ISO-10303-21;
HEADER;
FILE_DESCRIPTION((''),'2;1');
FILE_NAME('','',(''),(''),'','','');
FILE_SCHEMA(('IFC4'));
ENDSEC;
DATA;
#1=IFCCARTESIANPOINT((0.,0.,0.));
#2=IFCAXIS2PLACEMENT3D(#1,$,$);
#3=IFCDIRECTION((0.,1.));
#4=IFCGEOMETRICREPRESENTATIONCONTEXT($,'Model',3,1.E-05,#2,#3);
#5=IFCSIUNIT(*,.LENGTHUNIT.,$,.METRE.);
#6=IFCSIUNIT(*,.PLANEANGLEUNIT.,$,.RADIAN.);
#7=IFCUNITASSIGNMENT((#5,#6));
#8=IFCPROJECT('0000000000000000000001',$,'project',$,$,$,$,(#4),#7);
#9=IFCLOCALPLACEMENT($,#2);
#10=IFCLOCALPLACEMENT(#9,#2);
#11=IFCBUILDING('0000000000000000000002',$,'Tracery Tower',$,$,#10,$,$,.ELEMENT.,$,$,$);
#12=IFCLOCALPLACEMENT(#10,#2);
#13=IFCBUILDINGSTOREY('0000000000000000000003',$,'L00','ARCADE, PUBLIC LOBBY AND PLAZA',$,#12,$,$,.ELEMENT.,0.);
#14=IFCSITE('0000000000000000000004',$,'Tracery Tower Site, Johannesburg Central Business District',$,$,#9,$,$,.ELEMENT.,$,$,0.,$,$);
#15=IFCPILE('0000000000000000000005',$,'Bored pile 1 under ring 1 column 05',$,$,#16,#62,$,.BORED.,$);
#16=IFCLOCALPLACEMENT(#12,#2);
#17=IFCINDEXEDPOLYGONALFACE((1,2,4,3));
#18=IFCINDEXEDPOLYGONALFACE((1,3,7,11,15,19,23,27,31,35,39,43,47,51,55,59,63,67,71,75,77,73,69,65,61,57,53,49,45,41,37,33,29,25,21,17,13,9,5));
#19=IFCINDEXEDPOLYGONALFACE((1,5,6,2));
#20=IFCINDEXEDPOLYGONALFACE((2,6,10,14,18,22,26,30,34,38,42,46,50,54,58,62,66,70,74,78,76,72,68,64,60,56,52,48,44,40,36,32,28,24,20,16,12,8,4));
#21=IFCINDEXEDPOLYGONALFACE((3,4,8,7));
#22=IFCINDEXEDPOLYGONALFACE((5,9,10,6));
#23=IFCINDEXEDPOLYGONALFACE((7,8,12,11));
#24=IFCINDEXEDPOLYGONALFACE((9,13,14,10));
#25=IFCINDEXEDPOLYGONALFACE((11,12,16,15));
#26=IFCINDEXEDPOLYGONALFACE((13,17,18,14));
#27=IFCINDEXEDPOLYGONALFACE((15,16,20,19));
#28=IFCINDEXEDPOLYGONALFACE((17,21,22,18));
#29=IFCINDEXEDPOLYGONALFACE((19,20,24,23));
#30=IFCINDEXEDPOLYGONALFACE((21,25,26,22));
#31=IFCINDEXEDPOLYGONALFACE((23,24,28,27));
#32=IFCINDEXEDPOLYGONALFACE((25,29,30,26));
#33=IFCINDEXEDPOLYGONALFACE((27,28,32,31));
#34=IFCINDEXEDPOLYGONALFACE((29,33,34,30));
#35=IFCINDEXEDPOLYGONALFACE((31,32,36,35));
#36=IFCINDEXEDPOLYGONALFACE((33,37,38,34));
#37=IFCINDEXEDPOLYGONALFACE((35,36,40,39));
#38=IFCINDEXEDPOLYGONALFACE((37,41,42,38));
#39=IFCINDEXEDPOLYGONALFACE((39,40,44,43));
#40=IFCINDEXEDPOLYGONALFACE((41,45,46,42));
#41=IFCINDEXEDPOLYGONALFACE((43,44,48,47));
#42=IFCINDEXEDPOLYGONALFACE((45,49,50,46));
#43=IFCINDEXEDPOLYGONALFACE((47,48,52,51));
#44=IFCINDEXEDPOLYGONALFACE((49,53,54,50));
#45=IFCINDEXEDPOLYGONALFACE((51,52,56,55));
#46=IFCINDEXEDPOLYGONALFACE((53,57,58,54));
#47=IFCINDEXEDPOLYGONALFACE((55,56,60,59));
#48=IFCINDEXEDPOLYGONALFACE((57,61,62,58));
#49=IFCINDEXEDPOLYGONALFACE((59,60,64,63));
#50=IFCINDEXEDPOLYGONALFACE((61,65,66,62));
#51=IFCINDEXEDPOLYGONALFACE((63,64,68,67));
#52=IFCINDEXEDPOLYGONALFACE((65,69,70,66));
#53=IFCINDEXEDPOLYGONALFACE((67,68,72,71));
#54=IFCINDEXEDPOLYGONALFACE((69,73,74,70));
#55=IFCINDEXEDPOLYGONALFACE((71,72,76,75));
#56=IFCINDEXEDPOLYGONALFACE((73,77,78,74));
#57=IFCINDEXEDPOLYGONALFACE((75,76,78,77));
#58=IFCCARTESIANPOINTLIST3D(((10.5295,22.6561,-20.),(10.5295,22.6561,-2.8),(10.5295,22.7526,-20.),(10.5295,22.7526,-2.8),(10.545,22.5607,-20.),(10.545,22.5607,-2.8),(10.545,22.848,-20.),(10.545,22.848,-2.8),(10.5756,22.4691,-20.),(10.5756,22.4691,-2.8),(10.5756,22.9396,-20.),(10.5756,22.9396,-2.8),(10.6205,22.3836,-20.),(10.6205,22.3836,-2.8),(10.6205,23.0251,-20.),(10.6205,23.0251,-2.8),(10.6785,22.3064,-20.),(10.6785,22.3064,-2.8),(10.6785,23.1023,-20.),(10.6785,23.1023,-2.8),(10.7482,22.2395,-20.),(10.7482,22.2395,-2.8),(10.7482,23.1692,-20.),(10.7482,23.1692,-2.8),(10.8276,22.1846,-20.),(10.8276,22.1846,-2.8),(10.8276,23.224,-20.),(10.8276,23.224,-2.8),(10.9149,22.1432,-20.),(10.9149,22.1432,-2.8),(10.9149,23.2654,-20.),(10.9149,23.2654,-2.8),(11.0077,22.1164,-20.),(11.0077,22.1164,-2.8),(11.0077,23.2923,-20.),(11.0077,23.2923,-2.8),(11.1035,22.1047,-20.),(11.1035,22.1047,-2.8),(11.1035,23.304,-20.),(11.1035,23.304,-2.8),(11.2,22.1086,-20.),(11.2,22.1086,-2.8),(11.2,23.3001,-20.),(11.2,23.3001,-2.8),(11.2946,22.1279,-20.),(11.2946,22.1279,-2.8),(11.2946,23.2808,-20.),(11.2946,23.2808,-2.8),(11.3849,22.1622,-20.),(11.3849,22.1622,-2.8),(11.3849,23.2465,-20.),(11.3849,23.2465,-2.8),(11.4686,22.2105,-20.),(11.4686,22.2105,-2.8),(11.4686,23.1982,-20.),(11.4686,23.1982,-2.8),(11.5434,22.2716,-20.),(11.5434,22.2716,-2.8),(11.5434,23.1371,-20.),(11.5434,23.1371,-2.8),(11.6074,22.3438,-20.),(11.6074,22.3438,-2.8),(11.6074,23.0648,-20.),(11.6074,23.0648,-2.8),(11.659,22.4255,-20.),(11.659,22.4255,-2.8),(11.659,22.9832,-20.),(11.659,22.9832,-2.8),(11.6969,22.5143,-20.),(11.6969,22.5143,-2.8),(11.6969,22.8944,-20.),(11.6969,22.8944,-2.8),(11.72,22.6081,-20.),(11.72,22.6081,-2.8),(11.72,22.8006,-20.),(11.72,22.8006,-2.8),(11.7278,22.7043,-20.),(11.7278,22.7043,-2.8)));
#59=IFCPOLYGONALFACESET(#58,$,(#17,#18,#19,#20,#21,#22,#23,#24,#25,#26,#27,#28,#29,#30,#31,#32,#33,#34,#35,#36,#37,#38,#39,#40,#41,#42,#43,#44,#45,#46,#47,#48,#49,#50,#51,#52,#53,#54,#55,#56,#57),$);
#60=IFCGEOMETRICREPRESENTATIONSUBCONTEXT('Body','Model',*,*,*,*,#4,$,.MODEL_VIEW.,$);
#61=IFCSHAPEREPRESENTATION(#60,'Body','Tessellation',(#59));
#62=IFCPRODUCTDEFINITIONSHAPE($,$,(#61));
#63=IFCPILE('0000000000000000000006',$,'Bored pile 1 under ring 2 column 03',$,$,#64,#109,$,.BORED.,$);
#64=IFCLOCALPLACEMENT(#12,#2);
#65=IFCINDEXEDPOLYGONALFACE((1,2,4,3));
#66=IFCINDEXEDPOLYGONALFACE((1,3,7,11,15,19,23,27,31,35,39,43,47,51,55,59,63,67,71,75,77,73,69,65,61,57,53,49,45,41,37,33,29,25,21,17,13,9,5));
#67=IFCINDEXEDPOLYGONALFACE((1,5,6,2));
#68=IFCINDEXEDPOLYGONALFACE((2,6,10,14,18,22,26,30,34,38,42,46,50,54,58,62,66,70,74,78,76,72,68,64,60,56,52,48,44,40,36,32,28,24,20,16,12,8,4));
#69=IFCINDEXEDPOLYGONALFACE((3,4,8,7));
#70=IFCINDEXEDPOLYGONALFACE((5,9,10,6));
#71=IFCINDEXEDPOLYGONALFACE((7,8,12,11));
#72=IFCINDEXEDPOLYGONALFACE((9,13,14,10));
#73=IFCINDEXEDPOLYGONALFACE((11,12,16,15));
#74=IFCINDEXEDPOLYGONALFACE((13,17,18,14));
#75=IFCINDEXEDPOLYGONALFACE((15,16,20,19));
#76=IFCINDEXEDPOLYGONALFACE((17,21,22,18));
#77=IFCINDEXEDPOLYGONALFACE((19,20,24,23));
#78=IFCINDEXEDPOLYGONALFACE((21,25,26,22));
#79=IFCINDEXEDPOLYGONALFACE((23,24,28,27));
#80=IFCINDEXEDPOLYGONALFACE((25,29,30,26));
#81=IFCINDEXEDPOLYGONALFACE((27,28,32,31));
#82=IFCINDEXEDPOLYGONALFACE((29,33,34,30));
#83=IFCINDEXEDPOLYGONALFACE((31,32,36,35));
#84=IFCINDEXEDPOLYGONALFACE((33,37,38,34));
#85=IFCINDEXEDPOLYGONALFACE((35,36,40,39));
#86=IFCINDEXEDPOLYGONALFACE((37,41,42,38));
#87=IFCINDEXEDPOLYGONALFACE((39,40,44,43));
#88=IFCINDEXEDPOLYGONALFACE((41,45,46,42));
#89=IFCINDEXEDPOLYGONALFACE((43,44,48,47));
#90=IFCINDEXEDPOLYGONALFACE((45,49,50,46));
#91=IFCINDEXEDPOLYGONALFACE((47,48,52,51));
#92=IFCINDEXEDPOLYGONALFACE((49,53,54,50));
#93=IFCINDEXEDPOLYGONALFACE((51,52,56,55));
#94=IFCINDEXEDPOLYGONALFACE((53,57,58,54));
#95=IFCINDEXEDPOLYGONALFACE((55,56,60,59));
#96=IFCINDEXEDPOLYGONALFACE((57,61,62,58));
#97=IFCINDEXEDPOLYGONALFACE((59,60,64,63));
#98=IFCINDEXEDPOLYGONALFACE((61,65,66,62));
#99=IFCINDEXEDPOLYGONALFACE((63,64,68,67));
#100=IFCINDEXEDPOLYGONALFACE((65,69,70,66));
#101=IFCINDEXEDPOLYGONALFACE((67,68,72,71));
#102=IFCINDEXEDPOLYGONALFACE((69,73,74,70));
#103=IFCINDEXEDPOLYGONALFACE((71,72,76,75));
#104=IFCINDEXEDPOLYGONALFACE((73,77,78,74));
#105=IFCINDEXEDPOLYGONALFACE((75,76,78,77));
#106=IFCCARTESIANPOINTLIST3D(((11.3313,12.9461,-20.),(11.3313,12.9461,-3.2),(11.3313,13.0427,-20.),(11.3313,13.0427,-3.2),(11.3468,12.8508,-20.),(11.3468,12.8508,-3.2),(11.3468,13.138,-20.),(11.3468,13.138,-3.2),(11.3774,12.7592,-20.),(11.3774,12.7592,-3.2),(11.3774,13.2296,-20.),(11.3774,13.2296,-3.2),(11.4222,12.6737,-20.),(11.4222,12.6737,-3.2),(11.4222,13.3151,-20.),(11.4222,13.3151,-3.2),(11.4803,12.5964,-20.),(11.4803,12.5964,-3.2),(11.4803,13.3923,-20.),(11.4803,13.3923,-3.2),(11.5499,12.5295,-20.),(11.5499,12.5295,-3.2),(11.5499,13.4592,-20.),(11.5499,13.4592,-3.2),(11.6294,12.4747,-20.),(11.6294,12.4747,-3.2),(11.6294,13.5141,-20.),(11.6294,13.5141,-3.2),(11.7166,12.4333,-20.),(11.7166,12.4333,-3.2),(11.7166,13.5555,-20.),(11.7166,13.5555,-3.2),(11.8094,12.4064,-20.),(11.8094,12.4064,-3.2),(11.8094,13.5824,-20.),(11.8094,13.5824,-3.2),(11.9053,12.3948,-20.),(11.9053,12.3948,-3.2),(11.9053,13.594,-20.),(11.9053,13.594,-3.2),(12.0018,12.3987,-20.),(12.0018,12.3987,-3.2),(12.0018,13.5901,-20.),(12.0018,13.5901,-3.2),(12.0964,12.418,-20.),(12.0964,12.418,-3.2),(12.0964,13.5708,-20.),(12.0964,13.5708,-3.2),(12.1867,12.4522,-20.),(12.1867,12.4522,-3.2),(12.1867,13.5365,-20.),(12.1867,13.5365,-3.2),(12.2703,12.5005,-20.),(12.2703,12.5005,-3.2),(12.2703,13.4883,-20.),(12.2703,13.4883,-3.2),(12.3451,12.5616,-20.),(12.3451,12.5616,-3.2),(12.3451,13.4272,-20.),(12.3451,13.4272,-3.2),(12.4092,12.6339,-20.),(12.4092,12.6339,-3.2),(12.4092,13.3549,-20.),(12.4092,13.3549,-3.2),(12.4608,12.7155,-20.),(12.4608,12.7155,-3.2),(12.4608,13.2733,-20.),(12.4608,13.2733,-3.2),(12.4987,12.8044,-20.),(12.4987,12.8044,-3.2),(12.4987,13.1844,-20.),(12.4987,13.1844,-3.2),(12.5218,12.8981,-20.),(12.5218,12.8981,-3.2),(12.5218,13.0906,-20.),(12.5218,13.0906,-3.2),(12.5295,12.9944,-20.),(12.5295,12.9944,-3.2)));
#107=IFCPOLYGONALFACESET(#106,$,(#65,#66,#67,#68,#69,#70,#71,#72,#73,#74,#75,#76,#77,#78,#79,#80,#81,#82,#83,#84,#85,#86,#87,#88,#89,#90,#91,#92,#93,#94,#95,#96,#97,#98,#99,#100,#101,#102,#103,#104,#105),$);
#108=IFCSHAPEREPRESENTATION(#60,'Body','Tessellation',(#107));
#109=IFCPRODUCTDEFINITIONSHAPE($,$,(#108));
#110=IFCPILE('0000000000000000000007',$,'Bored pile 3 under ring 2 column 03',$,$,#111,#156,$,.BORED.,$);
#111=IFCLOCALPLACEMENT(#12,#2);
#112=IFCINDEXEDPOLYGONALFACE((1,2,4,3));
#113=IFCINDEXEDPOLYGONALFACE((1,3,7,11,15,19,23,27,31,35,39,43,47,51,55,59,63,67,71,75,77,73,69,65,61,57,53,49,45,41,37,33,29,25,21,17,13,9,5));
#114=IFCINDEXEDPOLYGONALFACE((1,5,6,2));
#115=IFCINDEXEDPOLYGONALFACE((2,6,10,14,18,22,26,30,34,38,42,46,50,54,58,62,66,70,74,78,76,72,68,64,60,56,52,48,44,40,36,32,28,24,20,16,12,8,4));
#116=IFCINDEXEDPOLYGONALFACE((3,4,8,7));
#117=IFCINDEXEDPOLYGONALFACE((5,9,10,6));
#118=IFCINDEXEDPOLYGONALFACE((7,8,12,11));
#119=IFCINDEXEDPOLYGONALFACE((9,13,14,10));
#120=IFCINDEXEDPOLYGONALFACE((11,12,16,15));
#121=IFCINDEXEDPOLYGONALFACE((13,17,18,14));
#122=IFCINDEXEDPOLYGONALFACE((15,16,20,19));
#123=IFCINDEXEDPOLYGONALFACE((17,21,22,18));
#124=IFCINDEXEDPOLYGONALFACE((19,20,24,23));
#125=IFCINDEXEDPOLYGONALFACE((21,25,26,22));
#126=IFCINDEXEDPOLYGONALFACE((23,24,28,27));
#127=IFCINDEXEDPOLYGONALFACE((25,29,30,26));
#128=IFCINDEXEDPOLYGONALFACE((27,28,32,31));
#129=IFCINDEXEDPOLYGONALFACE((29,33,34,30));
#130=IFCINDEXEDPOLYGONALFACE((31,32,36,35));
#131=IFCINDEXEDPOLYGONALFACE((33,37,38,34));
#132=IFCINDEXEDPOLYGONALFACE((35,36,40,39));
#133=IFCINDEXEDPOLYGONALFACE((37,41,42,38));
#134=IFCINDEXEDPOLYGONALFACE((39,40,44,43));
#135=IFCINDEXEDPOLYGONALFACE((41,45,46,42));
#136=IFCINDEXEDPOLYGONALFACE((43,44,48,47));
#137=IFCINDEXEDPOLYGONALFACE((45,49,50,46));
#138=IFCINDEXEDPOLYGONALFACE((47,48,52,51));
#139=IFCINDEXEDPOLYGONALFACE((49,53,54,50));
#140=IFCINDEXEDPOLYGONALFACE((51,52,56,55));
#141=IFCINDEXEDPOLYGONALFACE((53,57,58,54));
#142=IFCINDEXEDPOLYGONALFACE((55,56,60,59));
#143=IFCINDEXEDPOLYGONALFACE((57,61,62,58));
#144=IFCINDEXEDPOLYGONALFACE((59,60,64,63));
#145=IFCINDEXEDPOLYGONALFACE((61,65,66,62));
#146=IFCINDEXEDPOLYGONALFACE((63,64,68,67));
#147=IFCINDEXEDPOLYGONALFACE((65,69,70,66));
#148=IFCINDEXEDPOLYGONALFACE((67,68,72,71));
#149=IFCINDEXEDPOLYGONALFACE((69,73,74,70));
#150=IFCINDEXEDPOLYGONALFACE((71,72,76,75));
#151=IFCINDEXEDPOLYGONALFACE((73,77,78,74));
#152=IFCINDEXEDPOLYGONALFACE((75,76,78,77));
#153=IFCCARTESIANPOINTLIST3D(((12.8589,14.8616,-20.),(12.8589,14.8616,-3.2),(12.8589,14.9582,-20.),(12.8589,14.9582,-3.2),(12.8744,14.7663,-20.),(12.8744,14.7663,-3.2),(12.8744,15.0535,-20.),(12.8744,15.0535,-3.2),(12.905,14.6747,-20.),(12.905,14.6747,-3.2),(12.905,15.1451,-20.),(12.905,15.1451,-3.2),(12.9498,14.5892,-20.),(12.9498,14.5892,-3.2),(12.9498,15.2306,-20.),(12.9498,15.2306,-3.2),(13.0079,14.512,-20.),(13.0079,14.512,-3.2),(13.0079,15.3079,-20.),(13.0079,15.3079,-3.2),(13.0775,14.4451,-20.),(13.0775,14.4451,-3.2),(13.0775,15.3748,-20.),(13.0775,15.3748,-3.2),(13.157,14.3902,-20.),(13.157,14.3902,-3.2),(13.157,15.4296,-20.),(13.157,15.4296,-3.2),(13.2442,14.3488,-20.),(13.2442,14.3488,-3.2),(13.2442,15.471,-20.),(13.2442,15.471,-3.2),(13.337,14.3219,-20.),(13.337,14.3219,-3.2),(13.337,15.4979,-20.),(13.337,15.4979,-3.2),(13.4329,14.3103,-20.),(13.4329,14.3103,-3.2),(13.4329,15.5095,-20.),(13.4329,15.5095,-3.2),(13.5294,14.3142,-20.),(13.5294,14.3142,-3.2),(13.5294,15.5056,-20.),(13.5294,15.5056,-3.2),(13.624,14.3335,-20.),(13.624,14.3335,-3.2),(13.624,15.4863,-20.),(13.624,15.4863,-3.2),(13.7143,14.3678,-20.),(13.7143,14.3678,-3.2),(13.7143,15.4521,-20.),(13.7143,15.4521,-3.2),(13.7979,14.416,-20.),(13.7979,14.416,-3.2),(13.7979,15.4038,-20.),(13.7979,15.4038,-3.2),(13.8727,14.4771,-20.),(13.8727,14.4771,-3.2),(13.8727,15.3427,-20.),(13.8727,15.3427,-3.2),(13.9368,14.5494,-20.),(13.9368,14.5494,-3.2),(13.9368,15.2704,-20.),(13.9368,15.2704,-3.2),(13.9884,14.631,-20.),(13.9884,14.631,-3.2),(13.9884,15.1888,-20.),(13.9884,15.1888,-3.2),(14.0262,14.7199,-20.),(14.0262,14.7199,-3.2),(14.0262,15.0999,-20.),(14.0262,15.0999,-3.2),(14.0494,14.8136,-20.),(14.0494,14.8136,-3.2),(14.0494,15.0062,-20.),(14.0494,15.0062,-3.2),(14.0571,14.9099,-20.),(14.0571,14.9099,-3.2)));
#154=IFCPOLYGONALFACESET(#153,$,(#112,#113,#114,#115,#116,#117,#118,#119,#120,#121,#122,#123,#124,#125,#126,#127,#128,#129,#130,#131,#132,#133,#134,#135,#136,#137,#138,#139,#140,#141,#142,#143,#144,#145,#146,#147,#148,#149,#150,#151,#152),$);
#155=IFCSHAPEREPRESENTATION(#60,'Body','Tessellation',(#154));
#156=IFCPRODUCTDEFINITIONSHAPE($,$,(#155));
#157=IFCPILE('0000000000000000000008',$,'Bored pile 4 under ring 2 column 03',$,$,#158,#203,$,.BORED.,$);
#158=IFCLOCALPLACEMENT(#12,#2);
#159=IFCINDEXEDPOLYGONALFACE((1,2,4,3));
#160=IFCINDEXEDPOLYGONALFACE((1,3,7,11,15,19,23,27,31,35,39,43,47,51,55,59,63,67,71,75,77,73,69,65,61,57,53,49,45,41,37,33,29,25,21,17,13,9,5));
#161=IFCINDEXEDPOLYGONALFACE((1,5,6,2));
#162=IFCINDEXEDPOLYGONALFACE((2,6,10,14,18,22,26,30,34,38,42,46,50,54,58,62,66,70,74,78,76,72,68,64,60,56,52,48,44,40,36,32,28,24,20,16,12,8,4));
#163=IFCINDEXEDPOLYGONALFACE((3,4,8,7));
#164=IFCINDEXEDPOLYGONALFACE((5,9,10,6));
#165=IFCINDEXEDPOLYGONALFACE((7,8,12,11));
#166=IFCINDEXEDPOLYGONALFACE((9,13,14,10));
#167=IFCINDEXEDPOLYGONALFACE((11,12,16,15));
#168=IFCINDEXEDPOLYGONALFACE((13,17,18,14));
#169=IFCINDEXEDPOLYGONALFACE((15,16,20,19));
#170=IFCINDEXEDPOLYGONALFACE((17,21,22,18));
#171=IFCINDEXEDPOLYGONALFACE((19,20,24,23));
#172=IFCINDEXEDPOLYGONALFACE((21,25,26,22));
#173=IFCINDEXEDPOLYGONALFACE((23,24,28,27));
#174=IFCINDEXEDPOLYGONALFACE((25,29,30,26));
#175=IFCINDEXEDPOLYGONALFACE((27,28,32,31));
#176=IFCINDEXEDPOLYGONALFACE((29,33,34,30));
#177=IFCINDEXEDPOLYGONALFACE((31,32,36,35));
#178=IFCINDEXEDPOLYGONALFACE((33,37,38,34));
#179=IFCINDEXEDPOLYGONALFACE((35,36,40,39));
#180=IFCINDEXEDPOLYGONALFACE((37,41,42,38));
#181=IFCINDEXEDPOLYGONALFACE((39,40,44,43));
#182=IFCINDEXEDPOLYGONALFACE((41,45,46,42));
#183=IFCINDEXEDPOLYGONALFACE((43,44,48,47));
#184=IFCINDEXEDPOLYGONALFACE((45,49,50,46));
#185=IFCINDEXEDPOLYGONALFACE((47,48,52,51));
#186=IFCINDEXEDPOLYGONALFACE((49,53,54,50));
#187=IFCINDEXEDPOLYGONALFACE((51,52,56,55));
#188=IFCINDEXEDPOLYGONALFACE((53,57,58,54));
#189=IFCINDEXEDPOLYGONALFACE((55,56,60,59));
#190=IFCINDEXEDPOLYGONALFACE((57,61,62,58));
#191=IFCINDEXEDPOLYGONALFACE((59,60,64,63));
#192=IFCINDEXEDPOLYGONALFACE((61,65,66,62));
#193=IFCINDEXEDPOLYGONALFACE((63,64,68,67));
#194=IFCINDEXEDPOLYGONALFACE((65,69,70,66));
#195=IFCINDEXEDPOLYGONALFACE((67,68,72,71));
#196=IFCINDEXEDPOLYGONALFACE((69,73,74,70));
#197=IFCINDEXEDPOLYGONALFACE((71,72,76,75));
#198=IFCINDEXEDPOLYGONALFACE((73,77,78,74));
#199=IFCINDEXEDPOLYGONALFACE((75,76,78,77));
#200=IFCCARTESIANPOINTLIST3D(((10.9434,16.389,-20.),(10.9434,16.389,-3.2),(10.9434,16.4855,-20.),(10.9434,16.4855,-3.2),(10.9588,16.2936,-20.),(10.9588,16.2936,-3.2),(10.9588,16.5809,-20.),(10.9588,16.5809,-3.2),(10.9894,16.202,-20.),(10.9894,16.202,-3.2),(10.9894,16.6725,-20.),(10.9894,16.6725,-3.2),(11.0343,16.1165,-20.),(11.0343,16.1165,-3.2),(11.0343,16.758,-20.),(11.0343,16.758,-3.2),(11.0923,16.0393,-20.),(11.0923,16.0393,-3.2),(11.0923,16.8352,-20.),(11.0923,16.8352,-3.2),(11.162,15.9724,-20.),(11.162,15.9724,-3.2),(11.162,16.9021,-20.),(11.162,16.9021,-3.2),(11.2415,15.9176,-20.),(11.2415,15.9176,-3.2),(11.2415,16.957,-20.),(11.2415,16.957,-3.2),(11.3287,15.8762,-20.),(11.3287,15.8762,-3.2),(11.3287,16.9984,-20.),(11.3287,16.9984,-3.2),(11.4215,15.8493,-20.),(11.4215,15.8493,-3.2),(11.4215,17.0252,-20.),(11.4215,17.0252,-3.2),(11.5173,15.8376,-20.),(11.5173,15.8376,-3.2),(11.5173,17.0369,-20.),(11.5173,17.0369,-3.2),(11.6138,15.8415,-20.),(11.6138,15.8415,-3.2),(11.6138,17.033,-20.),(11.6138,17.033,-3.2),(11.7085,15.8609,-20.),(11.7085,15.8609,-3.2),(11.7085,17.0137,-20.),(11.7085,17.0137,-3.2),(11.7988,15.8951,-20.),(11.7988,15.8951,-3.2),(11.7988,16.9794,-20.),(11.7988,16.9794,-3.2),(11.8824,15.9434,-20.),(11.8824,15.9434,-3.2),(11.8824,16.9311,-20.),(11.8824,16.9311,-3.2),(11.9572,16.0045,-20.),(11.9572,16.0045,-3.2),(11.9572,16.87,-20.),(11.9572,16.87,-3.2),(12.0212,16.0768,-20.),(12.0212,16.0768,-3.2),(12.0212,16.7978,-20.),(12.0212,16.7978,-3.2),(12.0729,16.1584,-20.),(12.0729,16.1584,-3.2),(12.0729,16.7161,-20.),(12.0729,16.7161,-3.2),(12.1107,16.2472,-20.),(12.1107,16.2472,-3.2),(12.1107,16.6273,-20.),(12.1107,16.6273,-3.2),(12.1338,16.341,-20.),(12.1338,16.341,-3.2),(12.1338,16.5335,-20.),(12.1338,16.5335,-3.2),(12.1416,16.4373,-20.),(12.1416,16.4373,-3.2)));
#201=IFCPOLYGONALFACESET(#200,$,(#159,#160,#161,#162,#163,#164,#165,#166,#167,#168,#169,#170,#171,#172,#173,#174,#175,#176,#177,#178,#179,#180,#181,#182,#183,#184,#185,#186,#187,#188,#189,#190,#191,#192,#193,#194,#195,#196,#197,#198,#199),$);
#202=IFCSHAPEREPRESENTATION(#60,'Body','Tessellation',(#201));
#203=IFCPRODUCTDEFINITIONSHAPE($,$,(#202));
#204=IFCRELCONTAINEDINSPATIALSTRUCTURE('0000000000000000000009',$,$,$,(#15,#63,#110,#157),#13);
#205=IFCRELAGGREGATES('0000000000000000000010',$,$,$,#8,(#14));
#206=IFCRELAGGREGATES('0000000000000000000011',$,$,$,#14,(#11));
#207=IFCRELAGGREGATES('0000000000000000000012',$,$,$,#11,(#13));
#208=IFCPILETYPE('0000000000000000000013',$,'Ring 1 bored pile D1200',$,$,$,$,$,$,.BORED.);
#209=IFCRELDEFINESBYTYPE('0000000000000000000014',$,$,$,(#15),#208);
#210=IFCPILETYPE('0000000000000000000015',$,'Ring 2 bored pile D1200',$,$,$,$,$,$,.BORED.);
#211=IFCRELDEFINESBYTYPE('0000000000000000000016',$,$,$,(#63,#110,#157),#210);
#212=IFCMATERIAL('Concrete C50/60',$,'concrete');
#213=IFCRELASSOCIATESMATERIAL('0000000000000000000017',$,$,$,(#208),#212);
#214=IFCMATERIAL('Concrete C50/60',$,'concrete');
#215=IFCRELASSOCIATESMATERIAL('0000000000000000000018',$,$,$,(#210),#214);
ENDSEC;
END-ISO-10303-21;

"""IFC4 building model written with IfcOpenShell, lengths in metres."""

from ifc_helpers import new_model, si_unit, direction, frame, origin, origin_2d, place, context, subcontext, project, spatial, circle, extrude, material, material_profile, profile_set, type_object, element, save


model = new_model("IFC4")

# Units and contexts
model_context = context("Model", 3, precision=1e-05, world=origin(), true_north=direction((0.0, 1.0)))
body_context = subcontext(model_context, "Body", "Model", "MODEL_VIEW")
ifc_project = project(units=[si_unit("LENGTHUNIT", "METRE"), si_unit("PLANEANGLEUNIT", "RADIAN")], contexts=[model_context])

# Site, building, storey
site_placement = place(None, origin())
site = spatial("IfcSite", under=ifc_project, at=site_placement, Name="Tracery Tower Site, Johannesburg Central Business District", CompositionType="ELEMENT", RefElevation=0.0)
building_placement = place(site_placement, origin())
building = spatial("IfcBuilding", under=site, at=building_placement, Name="Tracery Tower", CompositionType="ELEMENT")
storey_placement = place(building_placement, origin())
storey = spatial("IfcBuildingStorey", under=building, at=storey_placement, Name="L00", Description="ARCADE, PUBLIC LOBBY AND PLAZA", CompositionType="ELEMENT", Elevation=0.0)

# Piles
ifc_material_1 = material(Name="Concrete C50/60", Category="concrete")
ifc_material_profile_1 = material_profile(ifc_material_1, circle(Radius=0.6001, at=origin_2d()), Name="RC D1200")
ifc_profile_set_1 = profile_set([ifc_material_profile_1], Name="Concrete C50/60")
pile_type_1 = type_object("IfcPileType", Name="Ring 1 bored pile D1200", PredefinedType="BORED", material=ifc_profile_set_1)
for number, where, z_axis, x_axis, name in (
    (1, (11.1277, 22.7043, -2.8), (0.0, 0.0, -1.0), (1.0, 0.0, 0.0), "Bored pile 1 under ring 1 column 05"),
):
    element("IfcPile", number, at=place(storey_placement, frame(where, z_axis=z_axis, x_axis=x_axis)), inside=storey, type_object=pile_type_1, Name=name, PredefinedType="BORED", context=body_context, shape_type="SweptSolid", body=[
        extrude(circle(Radius=0.6001, at=origin_2d()), origin(), (0.0, 0.0, 1.0), 17.2),
    ])
ifc_material_2 = material(Name="Concrete C50/60", Category="concrete")
ifc_material_profile_2 = material_profile(ifc_material_2, circle(Radius=0.6001, at=origin_2d()), Name="RC D1200")
ifc_profile_set_2 = profile_set([ifc_material_profile_2], Name="Concrete C50/60")
pile_type_2 = type_object("IfcPileType", Name="Ring 2 bored pile D1200", PredefinedType="BORED", material=ifc_profile_set_2)
for number, where, z_axis, x_axis, name in (
    (2, (11.9294, 12.9944, -3.2), (0.0, 0.0, -1.0), (1.0, 0.0, 0.0), "Bored pile 1 under ring 2 column 03"),
    (3, (13.457, 14.9099, -3.2), (0.0, 0.0, -1.0), (1.0, 0.0, 0.0), "Bored pile 3 under ring 2 column 03"),
    (4, (11.5415, 16.4373, -3.2), (0.0, 0.0, -1.0), (1.0, 0.0, 0.0), "Bored pile 4 under ring 2 column 03"),
):
    element("IfcPile", number, at=place(storey_placement, frame(where, z_axis=z_axis, x_axis=x_axis)), inside=storey, type_object=pile_type_2, Name=name, PredefinedType="BORED", context=body_context, shape_type="SweptSolid", body=[
        extrude(circle(Radius=0.6001, at=origin_2d()), origin(), (0.0, 0.0, 1.0), 16.8),
    ])

save(model, "model.ifc")
